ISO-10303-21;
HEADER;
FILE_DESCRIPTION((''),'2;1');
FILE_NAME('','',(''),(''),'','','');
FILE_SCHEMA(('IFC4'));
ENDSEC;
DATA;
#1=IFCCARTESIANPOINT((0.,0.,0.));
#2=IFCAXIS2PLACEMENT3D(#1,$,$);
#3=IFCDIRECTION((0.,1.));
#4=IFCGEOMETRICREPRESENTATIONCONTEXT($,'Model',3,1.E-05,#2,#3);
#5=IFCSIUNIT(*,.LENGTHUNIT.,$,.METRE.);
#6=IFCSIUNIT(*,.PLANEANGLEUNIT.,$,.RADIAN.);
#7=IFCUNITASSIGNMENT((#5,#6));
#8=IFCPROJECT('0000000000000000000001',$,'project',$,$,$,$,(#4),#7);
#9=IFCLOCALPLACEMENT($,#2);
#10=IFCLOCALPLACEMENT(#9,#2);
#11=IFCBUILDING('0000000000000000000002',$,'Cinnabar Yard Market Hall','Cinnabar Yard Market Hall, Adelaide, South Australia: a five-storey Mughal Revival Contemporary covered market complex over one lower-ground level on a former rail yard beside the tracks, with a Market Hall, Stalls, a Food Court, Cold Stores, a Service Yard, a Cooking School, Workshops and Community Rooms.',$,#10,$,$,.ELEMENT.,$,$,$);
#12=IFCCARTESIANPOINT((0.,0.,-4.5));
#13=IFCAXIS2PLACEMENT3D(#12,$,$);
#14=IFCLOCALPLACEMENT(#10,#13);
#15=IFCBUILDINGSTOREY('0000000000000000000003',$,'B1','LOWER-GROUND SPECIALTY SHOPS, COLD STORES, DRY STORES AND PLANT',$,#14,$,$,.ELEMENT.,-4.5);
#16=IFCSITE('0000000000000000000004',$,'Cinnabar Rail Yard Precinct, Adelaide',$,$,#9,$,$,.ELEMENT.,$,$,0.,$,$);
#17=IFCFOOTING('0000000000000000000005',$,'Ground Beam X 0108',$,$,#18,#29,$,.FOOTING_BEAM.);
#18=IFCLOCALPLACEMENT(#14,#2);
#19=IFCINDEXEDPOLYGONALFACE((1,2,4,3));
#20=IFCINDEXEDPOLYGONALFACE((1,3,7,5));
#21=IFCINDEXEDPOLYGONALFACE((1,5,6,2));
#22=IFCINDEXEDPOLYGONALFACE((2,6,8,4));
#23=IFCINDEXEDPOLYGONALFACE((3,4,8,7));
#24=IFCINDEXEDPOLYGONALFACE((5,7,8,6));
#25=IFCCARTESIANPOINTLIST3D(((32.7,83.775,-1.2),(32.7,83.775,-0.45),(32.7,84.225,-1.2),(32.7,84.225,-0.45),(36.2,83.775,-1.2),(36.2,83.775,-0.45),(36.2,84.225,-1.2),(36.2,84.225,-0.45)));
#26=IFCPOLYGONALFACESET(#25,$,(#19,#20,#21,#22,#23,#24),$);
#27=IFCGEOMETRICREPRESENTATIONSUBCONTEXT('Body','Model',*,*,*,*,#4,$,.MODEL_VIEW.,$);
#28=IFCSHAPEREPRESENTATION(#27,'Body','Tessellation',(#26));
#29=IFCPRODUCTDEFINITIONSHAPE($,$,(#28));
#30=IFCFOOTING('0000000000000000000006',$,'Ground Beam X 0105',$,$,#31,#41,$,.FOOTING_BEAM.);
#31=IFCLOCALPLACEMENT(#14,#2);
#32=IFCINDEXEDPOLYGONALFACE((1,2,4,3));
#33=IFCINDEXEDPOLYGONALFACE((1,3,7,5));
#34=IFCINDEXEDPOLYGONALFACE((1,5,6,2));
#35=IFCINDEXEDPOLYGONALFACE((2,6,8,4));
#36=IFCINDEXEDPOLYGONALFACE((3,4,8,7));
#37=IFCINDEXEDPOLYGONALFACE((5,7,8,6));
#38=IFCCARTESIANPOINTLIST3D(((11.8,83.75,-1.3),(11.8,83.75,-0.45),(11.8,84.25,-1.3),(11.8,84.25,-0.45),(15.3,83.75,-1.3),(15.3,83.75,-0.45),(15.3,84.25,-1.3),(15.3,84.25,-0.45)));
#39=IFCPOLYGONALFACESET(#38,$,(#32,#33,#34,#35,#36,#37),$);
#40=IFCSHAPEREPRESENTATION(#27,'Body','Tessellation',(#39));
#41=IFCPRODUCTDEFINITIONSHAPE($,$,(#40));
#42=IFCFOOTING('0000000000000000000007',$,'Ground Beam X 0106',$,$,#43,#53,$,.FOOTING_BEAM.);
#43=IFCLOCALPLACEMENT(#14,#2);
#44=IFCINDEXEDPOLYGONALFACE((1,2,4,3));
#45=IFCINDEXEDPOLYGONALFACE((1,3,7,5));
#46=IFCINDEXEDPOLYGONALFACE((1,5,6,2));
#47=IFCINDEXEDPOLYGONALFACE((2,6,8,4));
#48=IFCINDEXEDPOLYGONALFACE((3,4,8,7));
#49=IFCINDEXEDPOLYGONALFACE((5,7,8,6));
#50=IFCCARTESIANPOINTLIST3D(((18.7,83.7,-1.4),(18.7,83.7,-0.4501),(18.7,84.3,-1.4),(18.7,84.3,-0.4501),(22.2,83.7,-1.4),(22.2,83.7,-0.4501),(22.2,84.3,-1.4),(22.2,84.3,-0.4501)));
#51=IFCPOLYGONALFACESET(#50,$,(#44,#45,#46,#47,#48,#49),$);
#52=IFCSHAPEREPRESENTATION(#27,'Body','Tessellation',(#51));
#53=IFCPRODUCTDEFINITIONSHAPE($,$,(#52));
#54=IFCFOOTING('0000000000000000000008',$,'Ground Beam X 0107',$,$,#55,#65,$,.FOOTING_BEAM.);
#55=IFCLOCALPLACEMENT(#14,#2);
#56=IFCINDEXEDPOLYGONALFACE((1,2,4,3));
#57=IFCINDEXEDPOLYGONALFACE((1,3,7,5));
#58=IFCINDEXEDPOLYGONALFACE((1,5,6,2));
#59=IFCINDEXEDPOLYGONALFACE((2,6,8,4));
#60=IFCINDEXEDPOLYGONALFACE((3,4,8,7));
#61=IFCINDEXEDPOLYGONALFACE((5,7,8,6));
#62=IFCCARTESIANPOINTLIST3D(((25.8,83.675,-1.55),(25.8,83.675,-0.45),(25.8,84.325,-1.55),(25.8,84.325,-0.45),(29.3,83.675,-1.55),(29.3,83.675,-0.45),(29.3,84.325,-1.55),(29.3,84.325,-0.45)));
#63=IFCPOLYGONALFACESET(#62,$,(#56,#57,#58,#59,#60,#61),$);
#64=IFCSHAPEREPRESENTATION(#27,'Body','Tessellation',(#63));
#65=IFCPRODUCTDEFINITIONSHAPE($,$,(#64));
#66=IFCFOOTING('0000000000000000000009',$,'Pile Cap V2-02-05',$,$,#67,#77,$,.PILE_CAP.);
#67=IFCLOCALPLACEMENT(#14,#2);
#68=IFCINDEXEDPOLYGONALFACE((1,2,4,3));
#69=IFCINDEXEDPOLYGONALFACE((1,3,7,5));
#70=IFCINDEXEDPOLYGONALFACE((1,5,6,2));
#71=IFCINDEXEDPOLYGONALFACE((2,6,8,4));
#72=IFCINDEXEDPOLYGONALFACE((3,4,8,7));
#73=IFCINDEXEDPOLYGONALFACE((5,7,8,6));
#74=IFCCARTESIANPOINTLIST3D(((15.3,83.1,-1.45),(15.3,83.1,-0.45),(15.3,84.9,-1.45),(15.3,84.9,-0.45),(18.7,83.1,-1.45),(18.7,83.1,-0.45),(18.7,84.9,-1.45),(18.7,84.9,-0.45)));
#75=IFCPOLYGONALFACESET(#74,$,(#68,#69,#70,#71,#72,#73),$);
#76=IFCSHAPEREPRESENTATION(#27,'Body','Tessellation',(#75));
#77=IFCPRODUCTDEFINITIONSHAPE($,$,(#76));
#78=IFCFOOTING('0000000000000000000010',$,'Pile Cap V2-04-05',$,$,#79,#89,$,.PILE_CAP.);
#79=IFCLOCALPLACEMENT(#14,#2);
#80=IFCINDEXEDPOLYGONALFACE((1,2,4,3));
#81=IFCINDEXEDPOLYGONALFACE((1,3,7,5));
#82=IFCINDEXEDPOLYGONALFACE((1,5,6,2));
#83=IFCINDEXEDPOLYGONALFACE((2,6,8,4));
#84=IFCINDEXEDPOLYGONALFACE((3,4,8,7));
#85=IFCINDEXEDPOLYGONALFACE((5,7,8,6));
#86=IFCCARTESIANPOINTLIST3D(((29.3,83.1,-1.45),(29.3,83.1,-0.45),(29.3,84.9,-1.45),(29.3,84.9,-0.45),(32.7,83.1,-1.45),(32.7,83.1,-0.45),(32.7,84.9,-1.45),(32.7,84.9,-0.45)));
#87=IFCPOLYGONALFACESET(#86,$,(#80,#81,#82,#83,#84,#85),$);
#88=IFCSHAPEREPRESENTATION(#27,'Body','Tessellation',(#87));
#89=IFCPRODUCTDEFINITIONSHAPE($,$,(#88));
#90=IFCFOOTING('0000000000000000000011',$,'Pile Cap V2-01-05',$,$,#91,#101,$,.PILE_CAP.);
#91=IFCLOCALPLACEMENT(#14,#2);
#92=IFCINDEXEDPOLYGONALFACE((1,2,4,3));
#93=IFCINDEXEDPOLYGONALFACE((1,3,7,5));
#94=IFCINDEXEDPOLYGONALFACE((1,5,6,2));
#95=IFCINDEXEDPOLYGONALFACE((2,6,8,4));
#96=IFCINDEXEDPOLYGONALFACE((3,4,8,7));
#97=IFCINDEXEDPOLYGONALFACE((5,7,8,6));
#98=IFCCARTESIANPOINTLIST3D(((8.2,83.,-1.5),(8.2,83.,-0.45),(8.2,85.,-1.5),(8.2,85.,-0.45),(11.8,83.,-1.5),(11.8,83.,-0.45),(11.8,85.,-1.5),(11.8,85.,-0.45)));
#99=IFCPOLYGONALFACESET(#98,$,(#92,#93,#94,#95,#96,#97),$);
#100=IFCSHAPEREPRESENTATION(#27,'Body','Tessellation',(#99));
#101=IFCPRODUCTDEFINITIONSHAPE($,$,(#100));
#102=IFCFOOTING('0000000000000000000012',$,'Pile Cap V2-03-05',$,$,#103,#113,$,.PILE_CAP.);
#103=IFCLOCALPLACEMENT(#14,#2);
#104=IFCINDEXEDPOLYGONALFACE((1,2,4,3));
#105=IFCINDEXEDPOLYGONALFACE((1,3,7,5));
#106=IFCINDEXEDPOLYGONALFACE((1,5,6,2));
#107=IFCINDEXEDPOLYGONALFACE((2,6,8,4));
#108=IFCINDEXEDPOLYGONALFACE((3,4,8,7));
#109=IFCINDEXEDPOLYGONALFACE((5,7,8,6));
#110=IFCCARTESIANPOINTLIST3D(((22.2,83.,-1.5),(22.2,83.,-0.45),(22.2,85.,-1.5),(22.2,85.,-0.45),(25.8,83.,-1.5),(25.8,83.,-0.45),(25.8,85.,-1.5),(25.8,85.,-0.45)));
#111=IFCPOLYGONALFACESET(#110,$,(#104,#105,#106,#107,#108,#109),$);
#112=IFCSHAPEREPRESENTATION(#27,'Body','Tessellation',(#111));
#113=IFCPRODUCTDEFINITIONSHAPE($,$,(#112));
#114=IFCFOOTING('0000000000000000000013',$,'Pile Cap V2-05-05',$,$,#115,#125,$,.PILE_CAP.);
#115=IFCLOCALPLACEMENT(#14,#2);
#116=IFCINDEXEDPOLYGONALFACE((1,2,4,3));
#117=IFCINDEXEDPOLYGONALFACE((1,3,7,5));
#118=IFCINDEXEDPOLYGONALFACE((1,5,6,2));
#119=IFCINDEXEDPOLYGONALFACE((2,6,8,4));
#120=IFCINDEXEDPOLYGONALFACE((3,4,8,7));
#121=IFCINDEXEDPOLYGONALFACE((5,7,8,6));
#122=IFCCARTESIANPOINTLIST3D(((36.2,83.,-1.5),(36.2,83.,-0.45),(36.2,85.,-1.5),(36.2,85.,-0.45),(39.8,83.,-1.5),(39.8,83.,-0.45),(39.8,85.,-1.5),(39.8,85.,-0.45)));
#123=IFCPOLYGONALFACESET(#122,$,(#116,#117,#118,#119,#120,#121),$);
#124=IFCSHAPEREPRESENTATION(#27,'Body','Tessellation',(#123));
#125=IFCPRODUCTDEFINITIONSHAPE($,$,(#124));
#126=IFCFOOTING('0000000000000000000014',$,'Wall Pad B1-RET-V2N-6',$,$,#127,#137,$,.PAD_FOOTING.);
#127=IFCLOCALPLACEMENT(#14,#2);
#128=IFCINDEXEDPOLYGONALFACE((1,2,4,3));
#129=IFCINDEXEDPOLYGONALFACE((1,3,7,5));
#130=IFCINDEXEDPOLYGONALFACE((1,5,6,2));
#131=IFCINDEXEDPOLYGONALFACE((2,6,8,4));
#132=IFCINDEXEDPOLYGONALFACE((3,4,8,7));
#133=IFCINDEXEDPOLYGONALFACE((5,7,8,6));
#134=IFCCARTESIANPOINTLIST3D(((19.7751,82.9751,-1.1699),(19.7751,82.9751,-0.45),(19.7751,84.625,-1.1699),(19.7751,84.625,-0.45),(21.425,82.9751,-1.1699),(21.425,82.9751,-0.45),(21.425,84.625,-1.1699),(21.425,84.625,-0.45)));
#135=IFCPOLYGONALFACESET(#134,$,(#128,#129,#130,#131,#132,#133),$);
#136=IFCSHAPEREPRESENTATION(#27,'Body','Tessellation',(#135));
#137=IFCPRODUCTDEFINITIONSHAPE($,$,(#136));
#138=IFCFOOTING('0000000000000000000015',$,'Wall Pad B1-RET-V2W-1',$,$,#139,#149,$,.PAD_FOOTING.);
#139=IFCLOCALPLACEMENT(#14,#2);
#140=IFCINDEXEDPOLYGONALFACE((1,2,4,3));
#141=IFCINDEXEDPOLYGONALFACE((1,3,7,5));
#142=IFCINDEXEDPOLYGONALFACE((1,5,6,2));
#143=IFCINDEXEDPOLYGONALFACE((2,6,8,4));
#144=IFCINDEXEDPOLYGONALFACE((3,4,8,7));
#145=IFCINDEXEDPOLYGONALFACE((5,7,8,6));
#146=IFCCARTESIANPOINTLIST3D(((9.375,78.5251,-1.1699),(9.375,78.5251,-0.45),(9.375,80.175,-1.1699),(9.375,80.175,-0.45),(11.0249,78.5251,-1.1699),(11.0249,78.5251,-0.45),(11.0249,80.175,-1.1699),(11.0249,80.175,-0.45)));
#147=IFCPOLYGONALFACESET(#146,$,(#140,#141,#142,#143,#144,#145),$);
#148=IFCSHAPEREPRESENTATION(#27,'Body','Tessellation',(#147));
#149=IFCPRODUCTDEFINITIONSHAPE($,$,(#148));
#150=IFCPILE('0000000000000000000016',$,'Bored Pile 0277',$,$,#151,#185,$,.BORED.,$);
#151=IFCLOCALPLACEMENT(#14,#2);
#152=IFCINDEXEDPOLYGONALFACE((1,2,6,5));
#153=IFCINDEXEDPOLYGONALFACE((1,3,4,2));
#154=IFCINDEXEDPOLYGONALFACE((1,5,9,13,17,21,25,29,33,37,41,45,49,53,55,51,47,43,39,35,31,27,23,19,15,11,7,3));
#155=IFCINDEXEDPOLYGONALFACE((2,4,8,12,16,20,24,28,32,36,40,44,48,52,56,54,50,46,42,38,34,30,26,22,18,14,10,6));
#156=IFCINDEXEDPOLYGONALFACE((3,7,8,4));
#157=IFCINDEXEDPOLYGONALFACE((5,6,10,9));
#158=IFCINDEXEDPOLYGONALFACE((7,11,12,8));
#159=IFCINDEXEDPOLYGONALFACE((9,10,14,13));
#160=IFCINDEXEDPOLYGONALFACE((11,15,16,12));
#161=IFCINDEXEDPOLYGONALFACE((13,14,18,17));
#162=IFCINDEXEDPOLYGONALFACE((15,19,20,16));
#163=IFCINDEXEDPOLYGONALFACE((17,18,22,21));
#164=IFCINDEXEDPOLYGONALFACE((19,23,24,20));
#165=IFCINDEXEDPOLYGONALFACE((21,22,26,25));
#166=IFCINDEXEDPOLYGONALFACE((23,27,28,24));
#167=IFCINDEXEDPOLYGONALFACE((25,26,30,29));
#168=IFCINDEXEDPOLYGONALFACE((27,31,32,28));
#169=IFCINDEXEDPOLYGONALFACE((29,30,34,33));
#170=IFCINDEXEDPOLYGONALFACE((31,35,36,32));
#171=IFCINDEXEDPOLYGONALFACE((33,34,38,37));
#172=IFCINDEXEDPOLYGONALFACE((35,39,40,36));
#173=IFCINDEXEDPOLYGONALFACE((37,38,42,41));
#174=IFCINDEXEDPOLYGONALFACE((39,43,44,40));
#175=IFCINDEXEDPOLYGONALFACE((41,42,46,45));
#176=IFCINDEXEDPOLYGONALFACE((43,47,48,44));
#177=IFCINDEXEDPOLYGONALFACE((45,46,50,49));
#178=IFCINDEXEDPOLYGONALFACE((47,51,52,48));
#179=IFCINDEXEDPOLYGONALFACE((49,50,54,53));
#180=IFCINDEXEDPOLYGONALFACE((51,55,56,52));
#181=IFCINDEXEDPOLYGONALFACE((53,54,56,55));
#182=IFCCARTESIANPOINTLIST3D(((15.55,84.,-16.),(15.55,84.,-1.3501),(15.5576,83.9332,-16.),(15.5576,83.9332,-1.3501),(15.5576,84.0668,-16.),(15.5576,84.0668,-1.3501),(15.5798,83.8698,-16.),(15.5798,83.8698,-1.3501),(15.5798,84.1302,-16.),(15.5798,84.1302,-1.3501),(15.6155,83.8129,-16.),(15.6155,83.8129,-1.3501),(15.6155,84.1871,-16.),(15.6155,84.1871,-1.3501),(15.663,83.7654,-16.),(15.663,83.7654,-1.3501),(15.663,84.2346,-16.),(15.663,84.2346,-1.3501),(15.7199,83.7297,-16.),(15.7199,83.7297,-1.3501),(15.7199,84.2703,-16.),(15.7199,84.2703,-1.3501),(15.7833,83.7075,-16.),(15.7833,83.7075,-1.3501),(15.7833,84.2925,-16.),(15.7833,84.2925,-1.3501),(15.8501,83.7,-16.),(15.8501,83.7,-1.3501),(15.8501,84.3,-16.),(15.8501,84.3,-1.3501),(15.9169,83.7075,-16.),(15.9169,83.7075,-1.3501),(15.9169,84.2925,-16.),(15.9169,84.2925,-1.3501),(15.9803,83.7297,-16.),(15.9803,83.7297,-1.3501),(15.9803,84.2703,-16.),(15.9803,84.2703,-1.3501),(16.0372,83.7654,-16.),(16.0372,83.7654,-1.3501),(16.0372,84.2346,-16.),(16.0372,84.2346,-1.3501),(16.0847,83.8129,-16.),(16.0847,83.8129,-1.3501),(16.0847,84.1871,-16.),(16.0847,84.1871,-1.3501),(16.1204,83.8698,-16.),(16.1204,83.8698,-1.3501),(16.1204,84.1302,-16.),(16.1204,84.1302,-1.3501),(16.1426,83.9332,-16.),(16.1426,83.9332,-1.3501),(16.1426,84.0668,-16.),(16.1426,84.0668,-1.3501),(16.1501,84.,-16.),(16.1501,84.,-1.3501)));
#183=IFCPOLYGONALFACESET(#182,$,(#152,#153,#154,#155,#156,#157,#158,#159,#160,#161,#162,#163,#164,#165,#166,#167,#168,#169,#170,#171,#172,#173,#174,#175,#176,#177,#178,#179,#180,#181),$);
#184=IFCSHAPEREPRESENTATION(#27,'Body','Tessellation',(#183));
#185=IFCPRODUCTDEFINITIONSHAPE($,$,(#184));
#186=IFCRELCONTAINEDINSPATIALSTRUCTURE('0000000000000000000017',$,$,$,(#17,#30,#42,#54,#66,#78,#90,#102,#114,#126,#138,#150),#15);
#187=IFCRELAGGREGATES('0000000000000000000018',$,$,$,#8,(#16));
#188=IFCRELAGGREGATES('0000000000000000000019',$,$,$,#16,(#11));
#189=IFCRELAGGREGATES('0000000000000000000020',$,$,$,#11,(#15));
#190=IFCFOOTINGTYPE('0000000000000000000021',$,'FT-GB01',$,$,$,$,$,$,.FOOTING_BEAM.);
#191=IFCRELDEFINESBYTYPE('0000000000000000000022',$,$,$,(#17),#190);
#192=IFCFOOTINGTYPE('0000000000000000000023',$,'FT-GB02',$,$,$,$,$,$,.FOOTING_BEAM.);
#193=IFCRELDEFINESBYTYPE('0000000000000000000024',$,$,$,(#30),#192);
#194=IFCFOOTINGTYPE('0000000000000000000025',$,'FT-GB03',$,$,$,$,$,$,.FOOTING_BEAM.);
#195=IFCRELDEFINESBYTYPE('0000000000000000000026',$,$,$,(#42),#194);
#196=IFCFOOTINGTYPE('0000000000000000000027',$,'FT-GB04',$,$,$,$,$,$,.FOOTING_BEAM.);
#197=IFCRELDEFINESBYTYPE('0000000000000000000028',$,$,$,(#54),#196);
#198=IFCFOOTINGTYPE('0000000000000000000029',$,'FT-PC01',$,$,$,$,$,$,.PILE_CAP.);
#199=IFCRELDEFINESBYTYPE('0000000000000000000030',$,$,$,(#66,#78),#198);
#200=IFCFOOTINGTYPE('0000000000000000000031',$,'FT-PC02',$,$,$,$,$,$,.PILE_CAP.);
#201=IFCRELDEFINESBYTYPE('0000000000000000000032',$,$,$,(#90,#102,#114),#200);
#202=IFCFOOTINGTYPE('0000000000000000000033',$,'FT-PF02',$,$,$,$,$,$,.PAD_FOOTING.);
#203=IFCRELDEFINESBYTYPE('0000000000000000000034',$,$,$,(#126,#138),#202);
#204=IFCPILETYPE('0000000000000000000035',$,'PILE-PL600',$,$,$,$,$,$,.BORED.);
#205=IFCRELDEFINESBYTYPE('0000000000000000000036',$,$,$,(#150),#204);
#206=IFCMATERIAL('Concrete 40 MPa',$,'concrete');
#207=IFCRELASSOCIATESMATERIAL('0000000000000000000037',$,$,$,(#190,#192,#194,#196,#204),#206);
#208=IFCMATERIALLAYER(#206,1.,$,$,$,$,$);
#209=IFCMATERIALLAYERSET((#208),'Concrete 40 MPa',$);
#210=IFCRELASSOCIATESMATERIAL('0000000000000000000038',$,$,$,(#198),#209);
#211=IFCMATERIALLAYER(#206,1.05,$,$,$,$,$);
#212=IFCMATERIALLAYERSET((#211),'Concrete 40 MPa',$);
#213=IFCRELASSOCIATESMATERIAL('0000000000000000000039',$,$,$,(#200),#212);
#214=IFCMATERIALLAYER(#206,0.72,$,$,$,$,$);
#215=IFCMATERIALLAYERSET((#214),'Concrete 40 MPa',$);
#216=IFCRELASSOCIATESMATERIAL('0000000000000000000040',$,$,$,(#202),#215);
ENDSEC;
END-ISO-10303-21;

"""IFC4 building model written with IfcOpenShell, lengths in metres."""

from ifc_helpers import new_model, si_unit, direction, frame, origin, origin_2d_with_axis, place, context, subcontext, project, spatial, rectangle, circle, extrude, material, layer, layer_set, material_profile, profile_set, type_object, element, save


model = new_model("IFC4")

# Units and contexts
model_context = context("Model", 3, precision=1e-05, world=origin(), true_north=direction((0.0, 1.0)))
body_context = subcontext(model_context, "Body", "Model", "MODEL_VIEW")
ifc_project = project(units=[si_unit("LENGTHUNIT", "METRE"), si_unit("PLANEANGLEUNIT", "RADIAN")], contexts=[model_context])

# Site, building, storey
site_placement = place(None, origin())
site = spatial("IfcSite", under=ifc_project, at=site_placement, Name="Cinnabar Rail Yard Precinct, Adelaide", CompositionType="ELEMENT", RefElevation=0.0)
building_placement = place(site_placement, origin())
building = spatial("IfcBuilding", under=site, at=building_placement, Name="Cinnabar Yard Market Hall", Description="Cinnabar Yard Market Hall, Adelaide, South Australia: a five-storey Mughal Revival Contemporary covered market complex over one lower-ground level on a former rail yard beside the tracks, with a Market Hall, Stalls, a Food Court, Cold Stores, a Service Yard, a Cooking School, Workshops and Community Rooms.", CompositionType="ELEMENT")
storey_placement = place(building_placement, frame((0.0, 0.0, -4.5)))
storey = spatial("IfcBuildingStorey", under=building, at=storey_placement, Name="B1", Description="LOWER-GROUND SPECIALTY SHOPS, COLD STORES, DRY STORES AND PLANT", CompositionType="ELEMENT", Elevation=-4.5)

# Footings
ifc_material_1 = material(Name="Concrete 40 MPa", Category="concrete")
ifc_material_profile_1 = material_profile(ifc_material_1, rectangle(XDim=0.45, YDim=0.75, at=origin_2d_with_axis()), Name="GB-450x750")
ifc_profile_set_1 = profile_set([ifc_material_profile_1], Name="Concrete 40 MPa")
footing_type_1 = type_object("IfcFootingType", Name="FT-GB01", PredefinedType="FOOTING_BEAM", material=ifc_profile_set_1)
footing_1_placement = place(storey_placement, frame((32.7, 84.0, -0.825), z_axis=(1.0, 0.0, 0.0), x_axis=(0.0, 1.0, 0.0)))
element("IfcFooting", 1, at=footing_1_placement, inside=storey, type_object=footing_type_1, Name="Ground Beam X 0108", PredefinedType="FOOTING_BEAM", context=body_context, shape_type="SweptSolid", body=[
    extrude(rectangle(XDim=0.45, YDim=0.75, at=origin_2d_with_axis()), origin(), (0.0, 0.0, 1.0), 3.5),
])
ifc_material_profile_2 = material_profile(ifc_material_1, rectangle(XDim=0.5, YDim=0.8501, at=origin_2d_with_axis()), Name="GB-500x850")
ifc_profile_set_2 = profile_set([ifc_material_profile_2], Name="Concrete 40 MPa")
footing_type_2 = type_object("IfcFootingType", Name="FT-GB02", PredefinedType="FOOTING_BEAM", material=ifc_profile_set_2)
footing_2_placement = place(storey_placement, frame((11.8, 84.0, -0.875), z_axis=(1.0, 0.0, 0.0), x_axis=(0.0, 1.0, 0.0)))
element("IfcFooting", 2, at=footing_2_placement, inside=storey, type_object=footing_type_2, Name="Ground Beam X 0105", PredefinedType="FOOTING_BEAM", context=body_context, shape_type="SweptSolid", body=[
    extrude(rectangle(XDim=0.5, YDim=0.8501, at=origin_2d_with_axis()), origin(), (0.0, 0.0, 1.0), 3.5),
])
ifc_material_profile_3 = material_profile(ifc_material_1, rectangle(XDim=0.6001, YDim=0.95, at=origin_2d_with_axis()), Name="GB-600x950")
ifc_profile_set_3 = profile_set([ifc_material_profile_3], Name="Concrete 40 MPa")
footing_type_3 = type_object("IfcFootingType", Name="FT-GB03", PredefinedType="FOOTING_BEAM", material=ifc_profile_set_3)
footing_3_placement = place(storey_placement, frame((18.7, 84.0, -0.925), z_axis=(1.0, 0.0, 0.0), x_axis=(0.0, 1.0, 0.0)))
element("IfcFooting", 3, at=footing_3_placement, inside=storey, type_object=footing_type_3, Name="Ground Beam X 0106", PredefinedType="FOOTING_BEAM", context=body_context, shape_type="SweptSolid", body=[
    extrude(rectangle(XDim=0.6001, YDim=0.95, at=origin_2d_with_axis()), origin(), (0.0, 0.0, 1.0), 3.5),
])
ifc_material_profile_4 = material_profile(ifc_material_1, rectangle(XDim=0.6499, YDim=1.1001, at=origin_2d_with_axis()), Name="GB-650x1100")
ifc_profile_set_4 = profile_set([ifc_material_profile_4], Name="Concrete 40 MPa")
footing_type_4 = type_object("IfcFootingType", Name="FT-GB04", PredefinedType="FOOTING_BEAM", material=ifc_profile_set_4)
footing_4_placement = place(storey_placement, frame((25.8, 84.0, -1.0), z_axis=(1.0, 0.0, 0.0), x_axis=(0.0, 1.0, 0.0)))
element("IfcFooting", 4, at=footing_4_placement, inside=storey, type_object=footing_type_4, Name="Ground Beam X 0107", PredefinedType="FOOTING_BEAM", context=body_context, shape_type="SweptSolid", body=[
    extrude(rectangle(XDim=0.6499, YDim=1.1001, at=origin_2d_with_axis()), origin(), (0.0, 0.0, 1.0), 3.5),
])
ifc_layer_1 = layer(ifc_material_1, 1.0)
ifc_layer_set_1 = layer_set([ifc_layer_1], Name="Concrete 40 MPa")
footing_type_5 = type_object("IfcFootingType", Name="FT-PC01", PredefinedType="PILE_CAP", material=ifc_layer_set_1)
for number, where, z_axis, x_axis, name in (
    (5, (17.0, 84.0, -1.45), (0.0, 0.0, 1.0), (1.0, 0.0, 0.0), "Pile Cap V2-02-05"),
    (6, (31.0, 84.0, -1.45), (0.0, 0.0, 1.0), (1.0, 0.0, 0.0), "Pile Cap V2-04-05"),
):
    element("IfcFooting", number, at=place(storey_placement, frame(where, z_axis=z_axis, x_axis=x_axis)), inside=storey, type_object=footing_type_5, Name=name, PredefinedType="PILE_CAP", context=body_context, shape_type="SweptSolid", body=[
        extrude(rectangle(XDim=3.3999, YDim=1.8, at=origin_2d_with_axis()), origin(), (0.0, 0.0, 1.0), 1.0),
    ])
ifc_layer_2 = layer(ifc_material_1, 1.05)
ifc_layer_set_2 = layer_set([ifc_layer_2], Name="Concrete 40 MPa")
footing_type_6 = type_object("IfcFootingType", Name="FT-PC02", PredefinedType="PILE_CAP", material=ifc_layer_set_2)
for number, where, z_axis, x_axis, name in (
    (7, (10.0, 84.0, -1.5), (0.0, 0.0, 1.0), (1.0, 0.0, 0.0), "Pile Cap V2-01-05"),
    (8, (24.0, 84.0, -1.5), (0.0, 0.0, 1.0), (1.0, 0.0, 0.0), "Pile Cap V2-03-05"),
    (9, (38.0, 84.0, -1.5), (0.0, 0.0, 1.0), (1.0, 0.0, 0.0), "Pile Cap V2-05-05"),
):
    element("IfcFooting", number, at=place(storey_placement, frame(where, z_axis=z_axis, x_axis=x_axis)), inside=storey, type_object=footing_type_6, Name=name, PredefinedType="PILE_CAP", context=body_context, shape_type="SweptSolid", body=[
        extrude(rectangle(XDim=3.6001, YDim=2.0, at=origin_2d_with_axis()), origin(), (0.0, 0.0, 1.0), 1.05),
    ])
ifc_layer_3 = layer(ifc_material_1, 0.72)
ifc_layer_set_3 = layer_set([ifc_layer_3], Name="Concrete 40 MPa")
footing_type_7 = type_object("IfcFootingType", Name="FT-PF02", PredefinedType="PAD_FOOTING", material=ifc_layer_set_3)
for number, where, z_axis, x_axis, name in (
    (10, (20.6001, 83.8, -1.1699), (0.0, 0.0, 1.0), (1.0, 0.0, 0.0), "Wall Pad B1-RET-V2N-6"),
    (11, (10.2, 79.3501, -1.1699), (0.0, 0.0, 1.0), (1.0, 0.0, 0.0), "Wall Pad B1-RET-V2W-1"),
):
    element("IfcFooting", number, at=place(storey_placement, frame(where, z_axis=z_axis, x_axis=x_axis)), inside=storey, type_object=footing_type_7, Name=name, PredefinedType="PAD_FOOTING", context=body_context, shape_type="SweptSolid", body=[
        extrude(rectangle(XDim=1.6499, YDim=1.6499, at=origin_2d_with_axis()), origin(), (0.0, 0.0, 1.0), 0.72),
    ])

# Pile
ifc_material_profile_5 = material_profile(ifc_material_1, circle(Radius=0.3, at=origin_2d_with_axis()), Name="PILE-D600")
ifc_profile_set_5 = profile_set([ifc_material_profile_5], Name="Concrete 40 MPa")
pile_type_1 = type_object("IfcPileType", Name="PILE-PL600", PredefinedType="BORED", material=ifc_profile_set_5)
for number, where, z_axis, x_axis, name in (
    (12, (15.8501, 84.0, -1.3501), (0.0, 0.0, -1.0), (1.0, 0.0, 0.0), "Bored Pile 0277"),
):
    element("IfcPile", number, at=place(storey_placement, frame(where, z_axis=z_axis, x_axis=x_axis)), inside=storey, type_object=pile_type_1, Name=name, PredefinedType="BORED", context=body_context, shape_type="SweptSolid", body=[
        extrude(circle(Radius=0.3, at=origin_2d_with_axis()), origin(), (0.0, 0.0, 1.0), 14.6499),
    ])

save(model, "model.ifc")
